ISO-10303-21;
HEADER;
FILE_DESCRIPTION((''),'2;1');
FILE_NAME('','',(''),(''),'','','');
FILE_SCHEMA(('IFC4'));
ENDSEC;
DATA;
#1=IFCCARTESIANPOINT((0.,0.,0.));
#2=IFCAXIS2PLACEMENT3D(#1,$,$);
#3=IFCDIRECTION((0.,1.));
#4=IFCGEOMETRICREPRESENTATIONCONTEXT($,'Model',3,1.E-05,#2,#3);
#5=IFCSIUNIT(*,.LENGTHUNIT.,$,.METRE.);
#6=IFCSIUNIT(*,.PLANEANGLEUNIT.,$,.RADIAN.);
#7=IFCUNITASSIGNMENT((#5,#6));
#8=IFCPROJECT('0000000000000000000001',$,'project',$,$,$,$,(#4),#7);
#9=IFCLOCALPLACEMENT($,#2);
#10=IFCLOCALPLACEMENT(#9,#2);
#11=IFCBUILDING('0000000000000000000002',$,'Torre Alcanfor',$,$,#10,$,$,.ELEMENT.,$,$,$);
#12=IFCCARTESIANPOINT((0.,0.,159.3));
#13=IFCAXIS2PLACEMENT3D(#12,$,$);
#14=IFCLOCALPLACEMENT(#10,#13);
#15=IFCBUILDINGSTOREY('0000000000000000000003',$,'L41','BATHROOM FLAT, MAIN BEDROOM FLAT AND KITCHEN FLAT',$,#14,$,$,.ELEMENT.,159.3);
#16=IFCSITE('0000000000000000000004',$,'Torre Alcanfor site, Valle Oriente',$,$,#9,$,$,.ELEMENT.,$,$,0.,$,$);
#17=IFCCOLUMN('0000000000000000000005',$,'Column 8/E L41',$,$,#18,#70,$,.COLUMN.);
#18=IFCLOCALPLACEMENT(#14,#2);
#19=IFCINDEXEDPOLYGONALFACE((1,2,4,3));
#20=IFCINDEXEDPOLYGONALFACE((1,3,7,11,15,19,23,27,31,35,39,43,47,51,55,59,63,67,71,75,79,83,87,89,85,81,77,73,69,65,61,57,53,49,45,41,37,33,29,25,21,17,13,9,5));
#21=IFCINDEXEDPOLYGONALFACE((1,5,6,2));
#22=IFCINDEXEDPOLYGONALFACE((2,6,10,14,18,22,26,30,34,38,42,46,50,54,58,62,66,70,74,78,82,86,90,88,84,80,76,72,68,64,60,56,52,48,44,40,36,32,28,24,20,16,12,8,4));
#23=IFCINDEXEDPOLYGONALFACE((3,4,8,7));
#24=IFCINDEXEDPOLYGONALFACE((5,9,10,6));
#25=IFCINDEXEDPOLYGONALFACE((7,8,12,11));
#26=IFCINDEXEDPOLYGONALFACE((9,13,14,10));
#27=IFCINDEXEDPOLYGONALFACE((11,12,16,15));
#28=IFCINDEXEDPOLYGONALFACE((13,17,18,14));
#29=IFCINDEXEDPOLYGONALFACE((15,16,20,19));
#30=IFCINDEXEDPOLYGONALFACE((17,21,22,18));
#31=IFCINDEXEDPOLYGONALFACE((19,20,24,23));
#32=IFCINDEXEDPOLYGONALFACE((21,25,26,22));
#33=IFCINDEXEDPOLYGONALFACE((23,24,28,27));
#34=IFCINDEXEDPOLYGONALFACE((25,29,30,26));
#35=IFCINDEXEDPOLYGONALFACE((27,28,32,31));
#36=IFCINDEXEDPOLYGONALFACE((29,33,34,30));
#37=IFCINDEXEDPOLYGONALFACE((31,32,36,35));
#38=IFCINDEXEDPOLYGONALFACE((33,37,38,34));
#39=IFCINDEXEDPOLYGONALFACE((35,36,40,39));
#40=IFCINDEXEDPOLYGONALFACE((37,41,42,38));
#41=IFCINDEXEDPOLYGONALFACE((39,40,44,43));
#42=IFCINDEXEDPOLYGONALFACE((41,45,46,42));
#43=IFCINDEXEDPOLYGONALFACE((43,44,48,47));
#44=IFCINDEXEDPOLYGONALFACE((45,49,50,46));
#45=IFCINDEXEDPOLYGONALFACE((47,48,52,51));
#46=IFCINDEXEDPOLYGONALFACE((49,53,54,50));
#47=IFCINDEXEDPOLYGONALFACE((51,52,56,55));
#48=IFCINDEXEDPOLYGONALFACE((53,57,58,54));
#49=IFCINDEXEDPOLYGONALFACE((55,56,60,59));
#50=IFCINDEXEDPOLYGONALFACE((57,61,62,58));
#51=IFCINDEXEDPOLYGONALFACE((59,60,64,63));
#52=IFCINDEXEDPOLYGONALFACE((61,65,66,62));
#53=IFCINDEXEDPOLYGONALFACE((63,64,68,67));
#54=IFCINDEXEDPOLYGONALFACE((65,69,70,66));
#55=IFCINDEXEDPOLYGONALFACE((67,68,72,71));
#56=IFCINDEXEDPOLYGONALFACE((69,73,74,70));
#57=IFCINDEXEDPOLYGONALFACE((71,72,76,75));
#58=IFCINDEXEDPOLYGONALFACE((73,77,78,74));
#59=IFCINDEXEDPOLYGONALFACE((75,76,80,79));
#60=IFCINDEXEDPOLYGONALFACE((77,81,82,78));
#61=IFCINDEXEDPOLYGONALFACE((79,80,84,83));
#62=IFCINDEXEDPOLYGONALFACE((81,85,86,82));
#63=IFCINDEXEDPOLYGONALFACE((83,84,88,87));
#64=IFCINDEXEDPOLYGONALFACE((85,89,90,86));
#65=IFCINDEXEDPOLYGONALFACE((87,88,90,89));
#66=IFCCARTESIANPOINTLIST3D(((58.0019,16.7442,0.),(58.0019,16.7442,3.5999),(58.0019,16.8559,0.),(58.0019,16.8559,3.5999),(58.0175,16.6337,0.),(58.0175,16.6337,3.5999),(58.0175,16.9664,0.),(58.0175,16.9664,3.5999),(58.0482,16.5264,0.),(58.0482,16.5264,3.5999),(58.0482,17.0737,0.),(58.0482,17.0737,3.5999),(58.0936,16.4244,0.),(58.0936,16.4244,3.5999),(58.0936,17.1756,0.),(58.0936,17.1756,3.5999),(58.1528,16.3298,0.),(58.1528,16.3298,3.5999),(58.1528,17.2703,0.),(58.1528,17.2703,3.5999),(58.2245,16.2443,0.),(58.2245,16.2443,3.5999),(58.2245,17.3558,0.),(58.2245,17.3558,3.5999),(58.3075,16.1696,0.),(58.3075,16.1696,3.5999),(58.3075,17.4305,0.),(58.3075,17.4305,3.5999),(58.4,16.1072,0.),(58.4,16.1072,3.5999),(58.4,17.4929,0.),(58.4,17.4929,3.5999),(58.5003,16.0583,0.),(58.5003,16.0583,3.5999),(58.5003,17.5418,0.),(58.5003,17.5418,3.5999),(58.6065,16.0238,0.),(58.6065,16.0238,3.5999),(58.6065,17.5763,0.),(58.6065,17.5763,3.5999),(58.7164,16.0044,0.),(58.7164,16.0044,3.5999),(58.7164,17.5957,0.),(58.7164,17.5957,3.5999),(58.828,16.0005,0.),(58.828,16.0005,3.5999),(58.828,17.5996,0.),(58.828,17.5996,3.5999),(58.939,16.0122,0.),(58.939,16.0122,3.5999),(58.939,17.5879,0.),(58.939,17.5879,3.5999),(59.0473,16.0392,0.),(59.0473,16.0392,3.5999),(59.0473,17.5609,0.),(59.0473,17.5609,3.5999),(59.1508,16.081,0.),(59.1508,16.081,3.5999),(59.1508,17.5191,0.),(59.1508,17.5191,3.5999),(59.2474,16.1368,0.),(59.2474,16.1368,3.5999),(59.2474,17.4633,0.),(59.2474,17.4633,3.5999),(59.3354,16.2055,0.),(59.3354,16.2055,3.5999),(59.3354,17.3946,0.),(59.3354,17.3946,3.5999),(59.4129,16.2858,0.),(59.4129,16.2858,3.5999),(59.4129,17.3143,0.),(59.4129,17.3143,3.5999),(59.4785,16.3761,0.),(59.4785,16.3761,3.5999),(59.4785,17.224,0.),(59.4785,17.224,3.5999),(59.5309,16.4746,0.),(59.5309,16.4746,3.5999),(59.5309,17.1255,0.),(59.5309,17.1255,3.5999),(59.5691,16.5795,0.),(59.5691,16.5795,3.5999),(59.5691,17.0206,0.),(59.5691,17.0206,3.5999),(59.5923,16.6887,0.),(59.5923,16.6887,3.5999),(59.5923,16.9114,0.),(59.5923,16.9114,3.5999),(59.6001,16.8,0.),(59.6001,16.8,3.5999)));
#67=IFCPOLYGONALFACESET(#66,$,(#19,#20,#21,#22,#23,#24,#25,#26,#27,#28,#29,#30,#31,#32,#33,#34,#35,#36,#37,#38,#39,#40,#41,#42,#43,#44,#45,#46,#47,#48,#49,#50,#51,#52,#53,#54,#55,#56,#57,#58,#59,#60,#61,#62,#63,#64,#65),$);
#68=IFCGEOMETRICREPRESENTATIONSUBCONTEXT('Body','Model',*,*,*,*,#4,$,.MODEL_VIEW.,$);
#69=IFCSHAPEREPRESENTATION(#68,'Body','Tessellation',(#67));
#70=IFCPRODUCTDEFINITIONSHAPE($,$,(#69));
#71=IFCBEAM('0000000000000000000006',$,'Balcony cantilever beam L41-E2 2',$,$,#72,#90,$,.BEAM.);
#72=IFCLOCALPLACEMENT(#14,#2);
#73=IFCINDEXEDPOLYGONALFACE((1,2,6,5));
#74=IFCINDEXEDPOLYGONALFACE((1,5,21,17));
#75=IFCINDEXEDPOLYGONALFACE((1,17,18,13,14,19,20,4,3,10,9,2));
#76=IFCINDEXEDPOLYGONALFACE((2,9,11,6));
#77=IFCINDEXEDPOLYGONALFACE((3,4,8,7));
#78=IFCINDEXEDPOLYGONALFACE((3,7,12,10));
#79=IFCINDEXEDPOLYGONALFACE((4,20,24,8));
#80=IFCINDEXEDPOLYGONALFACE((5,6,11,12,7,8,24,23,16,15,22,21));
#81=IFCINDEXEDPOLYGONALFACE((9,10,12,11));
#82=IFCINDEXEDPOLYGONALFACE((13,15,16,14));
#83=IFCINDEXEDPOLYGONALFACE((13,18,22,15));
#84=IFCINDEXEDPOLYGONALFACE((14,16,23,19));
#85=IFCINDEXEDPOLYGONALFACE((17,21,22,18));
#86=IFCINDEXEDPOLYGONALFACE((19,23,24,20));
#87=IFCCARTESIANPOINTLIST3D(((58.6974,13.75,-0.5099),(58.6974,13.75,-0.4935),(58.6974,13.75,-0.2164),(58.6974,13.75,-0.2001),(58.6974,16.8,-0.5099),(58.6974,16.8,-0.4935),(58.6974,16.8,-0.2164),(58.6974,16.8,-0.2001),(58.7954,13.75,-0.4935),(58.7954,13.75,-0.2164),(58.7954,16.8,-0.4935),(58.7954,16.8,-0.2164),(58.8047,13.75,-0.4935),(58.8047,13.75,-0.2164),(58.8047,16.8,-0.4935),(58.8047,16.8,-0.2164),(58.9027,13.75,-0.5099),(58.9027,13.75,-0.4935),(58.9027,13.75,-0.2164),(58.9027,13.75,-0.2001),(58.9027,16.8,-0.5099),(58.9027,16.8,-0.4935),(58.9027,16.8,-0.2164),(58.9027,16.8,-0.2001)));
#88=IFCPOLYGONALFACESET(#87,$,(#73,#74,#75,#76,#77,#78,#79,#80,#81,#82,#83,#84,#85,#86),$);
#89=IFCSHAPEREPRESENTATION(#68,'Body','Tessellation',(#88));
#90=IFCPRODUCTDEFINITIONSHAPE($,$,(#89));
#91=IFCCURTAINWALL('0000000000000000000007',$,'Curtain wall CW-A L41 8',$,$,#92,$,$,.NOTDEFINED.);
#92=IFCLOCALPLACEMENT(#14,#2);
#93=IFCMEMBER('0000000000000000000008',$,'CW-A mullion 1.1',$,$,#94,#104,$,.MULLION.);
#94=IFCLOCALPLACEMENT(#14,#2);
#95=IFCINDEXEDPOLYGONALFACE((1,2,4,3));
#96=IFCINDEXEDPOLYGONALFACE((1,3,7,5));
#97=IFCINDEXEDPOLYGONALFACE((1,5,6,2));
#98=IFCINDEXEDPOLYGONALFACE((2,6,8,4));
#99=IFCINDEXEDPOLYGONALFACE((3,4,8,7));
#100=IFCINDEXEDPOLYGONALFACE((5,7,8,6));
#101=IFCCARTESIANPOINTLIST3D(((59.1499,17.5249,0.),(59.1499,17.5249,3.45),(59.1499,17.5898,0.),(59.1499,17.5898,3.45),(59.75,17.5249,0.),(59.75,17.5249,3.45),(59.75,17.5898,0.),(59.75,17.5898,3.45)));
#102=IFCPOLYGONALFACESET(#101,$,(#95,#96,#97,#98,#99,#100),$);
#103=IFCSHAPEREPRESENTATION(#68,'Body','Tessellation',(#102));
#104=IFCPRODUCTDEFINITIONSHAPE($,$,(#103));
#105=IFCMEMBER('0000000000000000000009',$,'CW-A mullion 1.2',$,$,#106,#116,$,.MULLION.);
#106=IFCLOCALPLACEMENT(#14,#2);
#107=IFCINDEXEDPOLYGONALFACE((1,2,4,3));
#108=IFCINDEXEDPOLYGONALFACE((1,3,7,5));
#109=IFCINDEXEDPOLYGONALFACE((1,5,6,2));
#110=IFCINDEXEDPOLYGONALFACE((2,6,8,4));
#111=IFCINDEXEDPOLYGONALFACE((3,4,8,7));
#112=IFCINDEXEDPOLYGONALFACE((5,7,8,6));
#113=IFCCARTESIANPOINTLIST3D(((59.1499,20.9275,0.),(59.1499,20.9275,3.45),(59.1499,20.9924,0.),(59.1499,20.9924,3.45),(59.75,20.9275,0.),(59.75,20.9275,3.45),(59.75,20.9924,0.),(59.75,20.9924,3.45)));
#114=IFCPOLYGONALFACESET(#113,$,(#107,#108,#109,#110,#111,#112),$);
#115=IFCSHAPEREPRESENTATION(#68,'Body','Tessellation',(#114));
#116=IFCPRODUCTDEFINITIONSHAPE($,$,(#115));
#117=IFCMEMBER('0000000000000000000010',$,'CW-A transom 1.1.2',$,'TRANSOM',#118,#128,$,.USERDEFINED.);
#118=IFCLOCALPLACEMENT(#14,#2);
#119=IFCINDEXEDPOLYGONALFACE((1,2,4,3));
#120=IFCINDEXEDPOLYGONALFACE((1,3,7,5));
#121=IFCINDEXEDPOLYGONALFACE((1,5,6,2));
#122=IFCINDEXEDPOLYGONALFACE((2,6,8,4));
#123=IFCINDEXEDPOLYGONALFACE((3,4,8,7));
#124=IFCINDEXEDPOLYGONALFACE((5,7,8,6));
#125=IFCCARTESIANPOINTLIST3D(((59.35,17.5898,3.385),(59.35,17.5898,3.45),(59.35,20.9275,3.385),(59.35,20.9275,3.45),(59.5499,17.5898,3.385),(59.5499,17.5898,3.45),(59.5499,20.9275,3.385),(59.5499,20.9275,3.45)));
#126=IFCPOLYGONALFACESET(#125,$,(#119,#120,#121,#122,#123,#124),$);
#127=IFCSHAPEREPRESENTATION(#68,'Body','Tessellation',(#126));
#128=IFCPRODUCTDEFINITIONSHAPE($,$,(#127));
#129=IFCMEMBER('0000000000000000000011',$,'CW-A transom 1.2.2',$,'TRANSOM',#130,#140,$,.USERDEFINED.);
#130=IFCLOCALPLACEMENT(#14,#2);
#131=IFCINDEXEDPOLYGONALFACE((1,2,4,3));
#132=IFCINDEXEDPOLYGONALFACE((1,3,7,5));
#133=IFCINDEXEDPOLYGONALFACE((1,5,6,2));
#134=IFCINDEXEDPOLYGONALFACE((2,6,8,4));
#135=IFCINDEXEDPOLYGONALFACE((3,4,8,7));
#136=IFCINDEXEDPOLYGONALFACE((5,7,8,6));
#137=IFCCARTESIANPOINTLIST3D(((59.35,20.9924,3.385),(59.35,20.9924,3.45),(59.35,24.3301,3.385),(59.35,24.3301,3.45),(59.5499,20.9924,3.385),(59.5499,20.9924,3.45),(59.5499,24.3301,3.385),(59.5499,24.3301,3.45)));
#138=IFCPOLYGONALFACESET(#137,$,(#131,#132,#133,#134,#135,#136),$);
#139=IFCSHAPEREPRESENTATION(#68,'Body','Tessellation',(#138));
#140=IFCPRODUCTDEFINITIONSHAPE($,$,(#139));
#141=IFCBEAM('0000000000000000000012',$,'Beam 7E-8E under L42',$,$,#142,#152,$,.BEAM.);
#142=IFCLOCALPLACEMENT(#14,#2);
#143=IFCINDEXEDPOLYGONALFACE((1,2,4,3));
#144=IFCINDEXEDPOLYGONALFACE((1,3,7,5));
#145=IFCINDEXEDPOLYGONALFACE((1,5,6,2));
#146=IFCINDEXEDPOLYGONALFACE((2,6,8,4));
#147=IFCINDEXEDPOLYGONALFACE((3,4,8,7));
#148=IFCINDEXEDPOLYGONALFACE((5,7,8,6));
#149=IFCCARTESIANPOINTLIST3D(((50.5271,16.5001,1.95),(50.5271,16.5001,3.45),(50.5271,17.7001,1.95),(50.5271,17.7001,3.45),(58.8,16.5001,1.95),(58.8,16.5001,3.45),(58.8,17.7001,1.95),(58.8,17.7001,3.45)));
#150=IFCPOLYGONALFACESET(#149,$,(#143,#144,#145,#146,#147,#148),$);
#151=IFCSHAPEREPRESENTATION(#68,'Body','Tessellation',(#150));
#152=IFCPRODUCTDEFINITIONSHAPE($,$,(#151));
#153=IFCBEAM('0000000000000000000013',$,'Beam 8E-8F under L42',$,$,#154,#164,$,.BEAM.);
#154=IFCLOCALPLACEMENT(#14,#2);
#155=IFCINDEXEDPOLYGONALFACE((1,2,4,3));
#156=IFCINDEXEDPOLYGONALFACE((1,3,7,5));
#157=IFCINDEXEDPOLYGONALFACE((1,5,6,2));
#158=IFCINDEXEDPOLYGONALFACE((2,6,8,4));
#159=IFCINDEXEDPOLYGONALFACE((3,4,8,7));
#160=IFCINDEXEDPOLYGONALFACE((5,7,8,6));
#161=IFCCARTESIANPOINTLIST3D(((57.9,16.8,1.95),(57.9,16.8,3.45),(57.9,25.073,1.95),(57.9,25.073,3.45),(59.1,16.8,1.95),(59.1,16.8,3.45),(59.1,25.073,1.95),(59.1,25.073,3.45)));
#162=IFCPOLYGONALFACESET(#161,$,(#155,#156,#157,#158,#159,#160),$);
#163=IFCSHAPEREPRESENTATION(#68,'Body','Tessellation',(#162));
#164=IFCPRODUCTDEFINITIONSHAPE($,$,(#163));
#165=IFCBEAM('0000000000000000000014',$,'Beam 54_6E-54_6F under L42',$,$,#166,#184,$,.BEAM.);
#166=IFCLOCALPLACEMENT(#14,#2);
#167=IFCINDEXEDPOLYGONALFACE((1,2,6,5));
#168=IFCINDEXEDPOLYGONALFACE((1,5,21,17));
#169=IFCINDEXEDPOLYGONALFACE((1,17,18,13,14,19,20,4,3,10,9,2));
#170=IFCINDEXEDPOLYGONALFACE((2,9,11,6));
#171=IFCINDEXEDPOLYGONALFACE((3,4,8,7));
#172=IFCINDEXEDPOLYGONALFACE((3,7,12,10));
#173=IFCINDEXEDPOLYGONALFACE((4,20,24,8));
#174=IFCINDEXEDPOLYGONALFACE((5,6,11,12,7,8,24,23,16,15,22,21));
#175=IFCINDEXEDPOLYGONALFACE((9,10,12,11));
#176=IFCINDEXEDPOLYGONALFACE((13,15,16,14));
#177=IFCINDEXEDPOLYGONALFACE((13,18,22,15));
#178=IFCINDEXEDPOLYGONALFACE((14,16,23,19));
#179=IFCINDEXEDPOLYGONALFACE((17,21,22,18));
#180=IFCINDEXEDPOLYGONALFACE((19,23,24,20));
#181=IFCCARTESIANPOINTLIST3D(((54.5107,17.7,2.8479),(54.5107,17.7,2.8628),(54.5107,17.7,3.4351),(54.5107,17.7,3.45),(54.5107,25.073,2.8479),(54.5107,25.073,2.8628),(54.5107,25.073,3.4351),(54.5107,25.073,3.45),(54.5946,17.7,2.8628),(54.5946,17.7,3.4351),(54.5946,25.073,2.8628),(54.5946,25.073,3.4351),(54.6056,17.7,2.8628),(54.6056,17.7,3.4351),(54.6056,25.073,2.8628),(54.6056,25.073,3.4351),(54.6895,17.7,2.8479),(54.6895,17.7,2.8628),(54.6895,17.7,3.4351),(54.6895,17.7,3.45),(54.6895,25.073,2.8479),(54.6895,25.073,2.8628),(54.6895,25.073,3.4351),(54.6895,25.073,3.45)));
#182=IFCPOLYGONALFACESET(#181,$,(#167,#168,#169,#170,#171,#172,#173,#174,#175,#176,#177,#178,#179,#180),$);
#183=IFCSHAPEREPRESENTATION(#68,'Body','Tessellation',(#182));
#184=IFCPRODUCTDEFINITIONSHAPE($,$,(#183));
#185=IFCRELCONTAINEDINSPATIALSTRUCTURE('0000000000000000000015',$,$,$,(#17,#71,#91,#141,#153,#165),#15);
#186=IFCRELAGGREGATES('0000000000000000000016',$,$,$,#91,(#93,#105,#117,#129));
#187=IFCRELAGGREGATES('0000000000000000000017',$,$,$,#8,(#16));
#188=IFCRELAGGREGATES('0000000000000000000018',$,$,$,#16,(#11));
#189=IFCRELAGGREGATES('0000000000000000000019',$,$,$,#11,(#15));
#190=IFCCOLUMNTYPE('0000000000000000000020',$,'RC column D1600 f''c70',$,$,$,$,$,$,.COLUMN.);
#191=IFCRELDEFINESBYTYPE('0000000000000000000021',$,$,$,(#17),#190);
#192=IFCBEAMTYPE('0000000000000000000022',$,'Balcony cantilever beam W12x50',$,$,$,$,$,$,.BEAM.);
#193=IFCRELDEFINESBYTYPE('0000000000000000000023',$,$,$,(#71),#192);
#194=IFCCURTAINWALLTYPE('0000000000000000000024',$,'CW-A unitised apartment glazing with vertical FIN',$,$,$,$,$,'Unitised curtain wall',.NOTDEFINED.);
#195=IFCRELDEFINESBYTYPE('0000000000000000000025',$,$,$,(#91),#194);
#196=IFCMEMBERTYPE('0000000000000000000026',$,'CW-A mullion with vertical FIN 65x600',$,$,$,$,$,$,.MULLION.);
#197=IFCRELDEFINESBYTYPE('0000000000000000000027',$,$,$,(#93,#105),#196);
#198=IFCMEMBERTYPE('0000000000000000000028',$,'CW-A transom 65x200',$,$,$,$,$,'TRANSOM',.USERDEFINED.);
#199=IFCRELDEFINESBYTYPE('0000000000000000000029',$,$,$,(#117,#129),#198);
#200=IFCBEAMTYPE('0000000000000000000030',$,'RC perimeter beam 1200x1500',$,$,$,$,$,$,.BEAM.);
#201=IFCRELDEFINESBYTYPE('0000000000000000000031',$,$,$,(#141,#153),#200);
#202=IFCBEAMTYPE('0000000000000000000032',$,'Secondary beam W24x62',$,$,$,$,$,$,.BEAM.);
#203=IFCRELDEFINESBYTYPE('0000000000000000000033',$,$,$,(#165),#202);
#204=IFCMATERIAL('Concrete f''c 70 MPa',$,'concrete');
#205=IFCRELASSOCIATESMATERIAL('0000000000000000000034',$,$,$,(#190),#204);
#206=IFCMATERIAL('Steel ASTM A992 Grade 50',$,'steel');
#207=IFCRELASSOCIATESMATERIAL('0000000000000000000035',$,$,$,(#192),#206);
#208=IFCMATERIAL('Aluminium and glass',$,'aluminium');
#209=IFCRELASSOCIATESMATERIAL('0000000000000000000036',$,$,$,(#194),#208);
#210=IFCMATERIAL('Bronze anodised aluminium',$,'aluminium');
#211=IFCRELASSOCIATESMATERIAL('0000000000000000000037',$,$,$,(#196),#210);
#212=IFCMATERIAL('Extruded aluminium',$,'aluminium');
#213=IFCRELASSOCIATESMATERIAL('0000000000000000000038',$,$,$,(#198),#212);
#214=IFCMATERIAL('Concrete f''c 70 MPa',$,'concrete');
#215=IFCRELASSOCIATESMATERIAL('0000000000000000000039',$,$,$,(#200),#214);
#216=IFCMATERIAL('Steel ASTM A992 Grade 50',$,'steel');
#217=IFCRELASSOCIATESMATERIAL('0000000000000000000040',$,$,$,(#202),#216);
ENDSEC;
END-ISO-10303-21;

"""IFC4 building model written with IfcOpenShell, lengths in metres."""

from ifc_helpers import new_model, si_unit, direction, frame, origin, origin_2d, place, context, subcontext, project, spatial, rectangle, circle, i_section, extrude, material, material_profile, profile_set, type_object, element, aggregate, save


model = new_model("IFC4")

# Units and contexts
model_context = context("Model", 3, precision=1e-05, world=origin(), true_north=direction((0.0, 1.0)))
body_context = subcontext(model_context, "Body", "Model", "MODEL_VIEW")
ifc_project = project(units=[si_unit("LENGTHUNIT", "METRE"), si_unit("PLANEANGLEUNIT", "RADIAN")], contexts=[model_context])

# Site, building, storey
site_placement = place(None, origin())
site = spatial("IfcSite", under=ifc_project, at=site_placement, Name="Torre Alcanfor site, Valle Oriente", CompositionType="ELEMENT", RefElevation=0.0)
building_placement = place(site_placement, origin())
building = spatial("IfcBuilding", under=site, at=building_placement, Name="Torre Alcanfor", CompositionType="ELEMENT")
storey_placement = place(building_placement, frame((0.0, 0.0, 159.3)))
storey = spatial("IfcBuildingStorey", under=building, at=storey_placement, Name="L41", Description="BATHROOM FLAT, MAIN BEDROOM FLAT AND KITCHEN FLAT", CompositionType="ELEMENT", Elevation=159.3)

# Column
ifc_material_1 = material(Name="Concrete f'c 70 MPa", Category="concrete")
ifc_material_profile_1 = material_profile(ifc_material_1, circle(Radius=0.8, at=origin_2d()), Name="D1600")
ifc_profile_set_1 = profile_set([ifc_material_profile_1], Name="Concrete f'c 70 MPa")
column_type = type_object("IfcColumnType", Name="RC column D1600 f'c70", PredefinedType="COLUMN", material=ifc_profile_set_1)
column_placement = place(storey_placement, frame((58.8, 16.8, 0.0), z_axis=(0.0, 0.0, 1.0), x_axis=(1.0, 0.0, 0.0)))
element("IfcColumn", 1, at=column_placement, inside=storey, type_object=column_type, Name="Column 8/E L41", PredefinedType="COLUMN", context=body_context, shape_type="SweptSolid", body=[
    extrude(circle(Radius=0.8, at=origin_2d()), origin(), (0.0, 0.0, 1.0), 3.5999),
])

# Beam
ifc_material_2 = material(Name="Steel ASTM A992 Grade 50", Category="steel")
ifc_material_profile_2 = material_profile(ifc_material_2, i_section(OverallWidth=0.2053, OverallDepth=0.3098, WebThickness=0.0093, FlangeThickness=0.0164, at=origin_2d()), Name="W12x50")
ifc_profile_set_2 = profile_set([ifc_material_profile_2], Name="Steel ASTM A992 Grade 50")
beam_type_1 = type_object("IfcBeamType", Name="Balcony cantilever beam W12x50", PredefinedType="BEAM", material=ifc_profile_set_2)
beam_1_placement = place(storey_placement, frame((58.8, 16.8, -0.355), z_axis=(0.0, -1.0, 0.0), x_axis=(1.0, 0.0, 0.0)))
element("IfcBeam", 2, at=beam_1_placement, inside=storey, type_object=beam_type_1, Name="Balcony cantilever beam L41-E2 2", PredefinedType="BEAM", context=body_context, shape_type="SweptSolid", body=[
    extrude(i_section(OverallWidth=0.2053, OverallDepth=0.3098, WebThickness=0.0093, FlangeThickness=0.0164, at=origin_2d()), origin(), (0.0, 0.0, 1.0), 3.05),
])

# Curtain wall, members
ifc_material_3 = material(Name="Aluminium and glass", Category="aluminium")
curtain_wall_type = type_object("IfcCurtainWallType", Name="CW-A unitised apartment glazing with vertical FIN", ElementType="Unitised curtain wall", PredefinedType="NOTDEFINED", material=ifc_material_3)
curtain_wall_placement = place(storey_placement, origin())
curtain_wall = element("IfcCurtainWall", 3, at=curtain_wall_placement, inside=storey, type_object=curtain_wall_type, Name="Curtain wall CW-A L41 8", PredefinedType="NOTDEFINED")
ifc_material_4 = material(Name="Bronze anodised aluminium", Category="aluminium")
ifc_material_profile_3 = material_profile(ifc_material_4, rectangle(XDim=0.6001, YDim=0.0649, at=origin_2d()), Name="CW-A mullion 65x600")
ifc_profile_set_3 = profile_set([ifc_material_profile_3], Name="Bronze anodised aluminium")
member_type_1 = type_object("IfcMemberType", Name="CW-A mullion with vertical FIN 65x600", PredefinedType="MULLION", material=ifc_profile_set_3)
member_1_placement = place(storey_placement, frame((59.45, 17.5574, 0.0), z_axis=(0.0, 0.0, 1.0), x_axis=(-1.0, 0.0, 0.0)))
member_1 = element("IfcMember", 4, at=member_1_placement, type_object=member_type_1, Name="CW-A mullion 1.1", PredefinedType="MULLION", context=body_context, shape_type="SweptSolid", body=[
    extrude(rectangle(XDim=0.6001, YDim=0.0649, at=origin_2d()), origin(), (0.0, 0.0, 1.0), 3.45),
])
member_2_placement = place(storey_placement, frame((59.45, 20.96, 0.0), z_axis=(0.0, 0.0, 1.0), x_axis=(-1.0, 0.0, 0.0)))
member_2 = element("IfcMember", 5, at=member_2_placement, type_object=member_type_1, Name="CW-A mullion 1.2", PredefinedType="MULLION", context=body_context, shape_type="SweptSolid", body=[
    extrude(rectangle(XDim=0.6001, YDim=0.0649, at=origin_2d()), origin(), (0.0, 0.0, 1.0), 3.45),
])
ifc_material_5 = material(Name="Extruded aluminium", Category="aluminium")
ifc_material_profile_4 = material_profile(ifc_material_5, rectangle(XDim=0.2, YDim=0.0649, at=origin_2d()), Name="CW-A transom 200x65")
ifc_profile_set_4 = profile_set([ifc_material_profile_4], Name="Extruded aluminium")
member_type_2 = type_object("IfcMemberType", Name="CW-A transom 65x200", ElementType="TRANSOM", PredefinedType="USERDEFINED", material=ifc_profile_set_4)
member_3_placement = place(storey_placement, frame((59.45, 17.5898, 3.4175), z_axis=(0.0, 1.0, 0.0), x_axis=(-1.0, 0.0, 0.0)))
member_3 = element("IfcMember", 6, at=member_3_placement, type_object=member_type_2, Name="CW-A transom 1.1.2", ObjectType="TRANSOM", PredefinedType="USERDEFINED", context=body_context, shape_type="SweptSolid", body=[
    extrude(rectangle(XDim=0.2, YDim=0.0649, at=origin_2d()), origin(), (0.0, 0.0, 1.0), 3.3376),
])
member_4_placement = place(storey_placement, frame((59.45, 20.9924, 3.4175), z_axis=(0.0, 1.0, 0.0), x_axis=(-1.0, 0.0, 0.0)))
member_4 = element("IfcMember", 7, at=member_4_placement, type_object=member_type_2, Name="CW-A transom 1.2.2", ObjectType="TRANSOM", PredefinedType="USERDEFINED", context=body_context, shape_type="SweptSolid", body=[
    extrude(rectangle(XDim=0.2, YDim=0.0649, at=origin_2d()), origin(), (0.0, 0.0, 1.0), 3.3376),
])

# Beams
ifc_material_6 = material(Name="Concrete f'c 70 MPa", Category="concrete")
ifc_material_profile_5 = material_profile(ifc_material_6, rectangle(XDim=1.2, YDim=1.5, at=origin_2d()), Name="1200x1500")
ifc_profile_set_5 = profile_set([ifc_material_profile_5], Name="Concrete f'c 70 MPa")
beam_type_2 = type_object("IfcBeamType", Name="RC perimeter beam 1200x1500", PredefinedType="BEAM", material=ifc_profile_set_5)
for number, where, z_axis, x_axis, name in (
    (8, (50.5271, 17.1001, 2.7), (1.0, 0.0, 0.0), (0.0, 1.0, 0.0), "Beam 7E-8E under L42"),
    (9, (58.5, 16.8, 2.7), (0.0, 1.0, 0.0), (-1.0, 0.0, 0.0), "Beam 8E-8F under L42"),
):
    element("IfcBeam", number, at=place(storey_placement, frame(where, z_axis=z_axis, x_axis=x_axis)), inside=storey, type_object=beam_type_2, Name=name, PredefinedType="BEAM", context=body_context, shape_type="SweptSolid", body=[
        extrude(rectangle(XDim=1.2, YDim=1.5, at=origin_2d()), origin(), (0.0, 0.0, 1.0), 8.2729),
    ])
ifc_material_7 = material(Name="Steel ASTM A992 Grade 50", Category="steel")
ifc_material_profile_6 = material_profile(ifc_material_7, i_section(OverallWidth=0.1787, OverallDepth=0.6021, WebThickness=0.011, FlangeThickness=0.0149, at=origin_2d()), Name="W24x62")
ifc_profile_set_6 = profile_set([ifc_material_profile_6], Name="Steel ASTM A992 Grade 50")
beam_type_3 = type_object("IfcBeamType", Name="Secondary beam W24x62", PredefinedType="BEAM", material=ifc_profile_set_6)
beam_2_placement = place(storey_placement, frame((54.6001, 17.7, 3.1489), z_axis=(0.0, 1.0, 0.0), x_axis=(-1.0, 0.0, 0.0)))
element("IfcBeam", 10, at=beam_2_placement, inside=storey, type_object=beam_type_3, Name="Beam 54_6E-54_6F under L42", PredefinedType="BEAM", context=body_context, shape_type="SweptSolid", body=[
    extrude(i_section(OverallWidth=0.1787, OverallDepth=0.6021, WebThickness=0.011, FlangeThickness=0.0149, at=origin_2d()), origin(), (0.0, 0.0, 1.0), 7.373),
])

aggregate(curtain_wall, [member_1, member_2, member_3, member_4])

save(model, "model.ifc")
